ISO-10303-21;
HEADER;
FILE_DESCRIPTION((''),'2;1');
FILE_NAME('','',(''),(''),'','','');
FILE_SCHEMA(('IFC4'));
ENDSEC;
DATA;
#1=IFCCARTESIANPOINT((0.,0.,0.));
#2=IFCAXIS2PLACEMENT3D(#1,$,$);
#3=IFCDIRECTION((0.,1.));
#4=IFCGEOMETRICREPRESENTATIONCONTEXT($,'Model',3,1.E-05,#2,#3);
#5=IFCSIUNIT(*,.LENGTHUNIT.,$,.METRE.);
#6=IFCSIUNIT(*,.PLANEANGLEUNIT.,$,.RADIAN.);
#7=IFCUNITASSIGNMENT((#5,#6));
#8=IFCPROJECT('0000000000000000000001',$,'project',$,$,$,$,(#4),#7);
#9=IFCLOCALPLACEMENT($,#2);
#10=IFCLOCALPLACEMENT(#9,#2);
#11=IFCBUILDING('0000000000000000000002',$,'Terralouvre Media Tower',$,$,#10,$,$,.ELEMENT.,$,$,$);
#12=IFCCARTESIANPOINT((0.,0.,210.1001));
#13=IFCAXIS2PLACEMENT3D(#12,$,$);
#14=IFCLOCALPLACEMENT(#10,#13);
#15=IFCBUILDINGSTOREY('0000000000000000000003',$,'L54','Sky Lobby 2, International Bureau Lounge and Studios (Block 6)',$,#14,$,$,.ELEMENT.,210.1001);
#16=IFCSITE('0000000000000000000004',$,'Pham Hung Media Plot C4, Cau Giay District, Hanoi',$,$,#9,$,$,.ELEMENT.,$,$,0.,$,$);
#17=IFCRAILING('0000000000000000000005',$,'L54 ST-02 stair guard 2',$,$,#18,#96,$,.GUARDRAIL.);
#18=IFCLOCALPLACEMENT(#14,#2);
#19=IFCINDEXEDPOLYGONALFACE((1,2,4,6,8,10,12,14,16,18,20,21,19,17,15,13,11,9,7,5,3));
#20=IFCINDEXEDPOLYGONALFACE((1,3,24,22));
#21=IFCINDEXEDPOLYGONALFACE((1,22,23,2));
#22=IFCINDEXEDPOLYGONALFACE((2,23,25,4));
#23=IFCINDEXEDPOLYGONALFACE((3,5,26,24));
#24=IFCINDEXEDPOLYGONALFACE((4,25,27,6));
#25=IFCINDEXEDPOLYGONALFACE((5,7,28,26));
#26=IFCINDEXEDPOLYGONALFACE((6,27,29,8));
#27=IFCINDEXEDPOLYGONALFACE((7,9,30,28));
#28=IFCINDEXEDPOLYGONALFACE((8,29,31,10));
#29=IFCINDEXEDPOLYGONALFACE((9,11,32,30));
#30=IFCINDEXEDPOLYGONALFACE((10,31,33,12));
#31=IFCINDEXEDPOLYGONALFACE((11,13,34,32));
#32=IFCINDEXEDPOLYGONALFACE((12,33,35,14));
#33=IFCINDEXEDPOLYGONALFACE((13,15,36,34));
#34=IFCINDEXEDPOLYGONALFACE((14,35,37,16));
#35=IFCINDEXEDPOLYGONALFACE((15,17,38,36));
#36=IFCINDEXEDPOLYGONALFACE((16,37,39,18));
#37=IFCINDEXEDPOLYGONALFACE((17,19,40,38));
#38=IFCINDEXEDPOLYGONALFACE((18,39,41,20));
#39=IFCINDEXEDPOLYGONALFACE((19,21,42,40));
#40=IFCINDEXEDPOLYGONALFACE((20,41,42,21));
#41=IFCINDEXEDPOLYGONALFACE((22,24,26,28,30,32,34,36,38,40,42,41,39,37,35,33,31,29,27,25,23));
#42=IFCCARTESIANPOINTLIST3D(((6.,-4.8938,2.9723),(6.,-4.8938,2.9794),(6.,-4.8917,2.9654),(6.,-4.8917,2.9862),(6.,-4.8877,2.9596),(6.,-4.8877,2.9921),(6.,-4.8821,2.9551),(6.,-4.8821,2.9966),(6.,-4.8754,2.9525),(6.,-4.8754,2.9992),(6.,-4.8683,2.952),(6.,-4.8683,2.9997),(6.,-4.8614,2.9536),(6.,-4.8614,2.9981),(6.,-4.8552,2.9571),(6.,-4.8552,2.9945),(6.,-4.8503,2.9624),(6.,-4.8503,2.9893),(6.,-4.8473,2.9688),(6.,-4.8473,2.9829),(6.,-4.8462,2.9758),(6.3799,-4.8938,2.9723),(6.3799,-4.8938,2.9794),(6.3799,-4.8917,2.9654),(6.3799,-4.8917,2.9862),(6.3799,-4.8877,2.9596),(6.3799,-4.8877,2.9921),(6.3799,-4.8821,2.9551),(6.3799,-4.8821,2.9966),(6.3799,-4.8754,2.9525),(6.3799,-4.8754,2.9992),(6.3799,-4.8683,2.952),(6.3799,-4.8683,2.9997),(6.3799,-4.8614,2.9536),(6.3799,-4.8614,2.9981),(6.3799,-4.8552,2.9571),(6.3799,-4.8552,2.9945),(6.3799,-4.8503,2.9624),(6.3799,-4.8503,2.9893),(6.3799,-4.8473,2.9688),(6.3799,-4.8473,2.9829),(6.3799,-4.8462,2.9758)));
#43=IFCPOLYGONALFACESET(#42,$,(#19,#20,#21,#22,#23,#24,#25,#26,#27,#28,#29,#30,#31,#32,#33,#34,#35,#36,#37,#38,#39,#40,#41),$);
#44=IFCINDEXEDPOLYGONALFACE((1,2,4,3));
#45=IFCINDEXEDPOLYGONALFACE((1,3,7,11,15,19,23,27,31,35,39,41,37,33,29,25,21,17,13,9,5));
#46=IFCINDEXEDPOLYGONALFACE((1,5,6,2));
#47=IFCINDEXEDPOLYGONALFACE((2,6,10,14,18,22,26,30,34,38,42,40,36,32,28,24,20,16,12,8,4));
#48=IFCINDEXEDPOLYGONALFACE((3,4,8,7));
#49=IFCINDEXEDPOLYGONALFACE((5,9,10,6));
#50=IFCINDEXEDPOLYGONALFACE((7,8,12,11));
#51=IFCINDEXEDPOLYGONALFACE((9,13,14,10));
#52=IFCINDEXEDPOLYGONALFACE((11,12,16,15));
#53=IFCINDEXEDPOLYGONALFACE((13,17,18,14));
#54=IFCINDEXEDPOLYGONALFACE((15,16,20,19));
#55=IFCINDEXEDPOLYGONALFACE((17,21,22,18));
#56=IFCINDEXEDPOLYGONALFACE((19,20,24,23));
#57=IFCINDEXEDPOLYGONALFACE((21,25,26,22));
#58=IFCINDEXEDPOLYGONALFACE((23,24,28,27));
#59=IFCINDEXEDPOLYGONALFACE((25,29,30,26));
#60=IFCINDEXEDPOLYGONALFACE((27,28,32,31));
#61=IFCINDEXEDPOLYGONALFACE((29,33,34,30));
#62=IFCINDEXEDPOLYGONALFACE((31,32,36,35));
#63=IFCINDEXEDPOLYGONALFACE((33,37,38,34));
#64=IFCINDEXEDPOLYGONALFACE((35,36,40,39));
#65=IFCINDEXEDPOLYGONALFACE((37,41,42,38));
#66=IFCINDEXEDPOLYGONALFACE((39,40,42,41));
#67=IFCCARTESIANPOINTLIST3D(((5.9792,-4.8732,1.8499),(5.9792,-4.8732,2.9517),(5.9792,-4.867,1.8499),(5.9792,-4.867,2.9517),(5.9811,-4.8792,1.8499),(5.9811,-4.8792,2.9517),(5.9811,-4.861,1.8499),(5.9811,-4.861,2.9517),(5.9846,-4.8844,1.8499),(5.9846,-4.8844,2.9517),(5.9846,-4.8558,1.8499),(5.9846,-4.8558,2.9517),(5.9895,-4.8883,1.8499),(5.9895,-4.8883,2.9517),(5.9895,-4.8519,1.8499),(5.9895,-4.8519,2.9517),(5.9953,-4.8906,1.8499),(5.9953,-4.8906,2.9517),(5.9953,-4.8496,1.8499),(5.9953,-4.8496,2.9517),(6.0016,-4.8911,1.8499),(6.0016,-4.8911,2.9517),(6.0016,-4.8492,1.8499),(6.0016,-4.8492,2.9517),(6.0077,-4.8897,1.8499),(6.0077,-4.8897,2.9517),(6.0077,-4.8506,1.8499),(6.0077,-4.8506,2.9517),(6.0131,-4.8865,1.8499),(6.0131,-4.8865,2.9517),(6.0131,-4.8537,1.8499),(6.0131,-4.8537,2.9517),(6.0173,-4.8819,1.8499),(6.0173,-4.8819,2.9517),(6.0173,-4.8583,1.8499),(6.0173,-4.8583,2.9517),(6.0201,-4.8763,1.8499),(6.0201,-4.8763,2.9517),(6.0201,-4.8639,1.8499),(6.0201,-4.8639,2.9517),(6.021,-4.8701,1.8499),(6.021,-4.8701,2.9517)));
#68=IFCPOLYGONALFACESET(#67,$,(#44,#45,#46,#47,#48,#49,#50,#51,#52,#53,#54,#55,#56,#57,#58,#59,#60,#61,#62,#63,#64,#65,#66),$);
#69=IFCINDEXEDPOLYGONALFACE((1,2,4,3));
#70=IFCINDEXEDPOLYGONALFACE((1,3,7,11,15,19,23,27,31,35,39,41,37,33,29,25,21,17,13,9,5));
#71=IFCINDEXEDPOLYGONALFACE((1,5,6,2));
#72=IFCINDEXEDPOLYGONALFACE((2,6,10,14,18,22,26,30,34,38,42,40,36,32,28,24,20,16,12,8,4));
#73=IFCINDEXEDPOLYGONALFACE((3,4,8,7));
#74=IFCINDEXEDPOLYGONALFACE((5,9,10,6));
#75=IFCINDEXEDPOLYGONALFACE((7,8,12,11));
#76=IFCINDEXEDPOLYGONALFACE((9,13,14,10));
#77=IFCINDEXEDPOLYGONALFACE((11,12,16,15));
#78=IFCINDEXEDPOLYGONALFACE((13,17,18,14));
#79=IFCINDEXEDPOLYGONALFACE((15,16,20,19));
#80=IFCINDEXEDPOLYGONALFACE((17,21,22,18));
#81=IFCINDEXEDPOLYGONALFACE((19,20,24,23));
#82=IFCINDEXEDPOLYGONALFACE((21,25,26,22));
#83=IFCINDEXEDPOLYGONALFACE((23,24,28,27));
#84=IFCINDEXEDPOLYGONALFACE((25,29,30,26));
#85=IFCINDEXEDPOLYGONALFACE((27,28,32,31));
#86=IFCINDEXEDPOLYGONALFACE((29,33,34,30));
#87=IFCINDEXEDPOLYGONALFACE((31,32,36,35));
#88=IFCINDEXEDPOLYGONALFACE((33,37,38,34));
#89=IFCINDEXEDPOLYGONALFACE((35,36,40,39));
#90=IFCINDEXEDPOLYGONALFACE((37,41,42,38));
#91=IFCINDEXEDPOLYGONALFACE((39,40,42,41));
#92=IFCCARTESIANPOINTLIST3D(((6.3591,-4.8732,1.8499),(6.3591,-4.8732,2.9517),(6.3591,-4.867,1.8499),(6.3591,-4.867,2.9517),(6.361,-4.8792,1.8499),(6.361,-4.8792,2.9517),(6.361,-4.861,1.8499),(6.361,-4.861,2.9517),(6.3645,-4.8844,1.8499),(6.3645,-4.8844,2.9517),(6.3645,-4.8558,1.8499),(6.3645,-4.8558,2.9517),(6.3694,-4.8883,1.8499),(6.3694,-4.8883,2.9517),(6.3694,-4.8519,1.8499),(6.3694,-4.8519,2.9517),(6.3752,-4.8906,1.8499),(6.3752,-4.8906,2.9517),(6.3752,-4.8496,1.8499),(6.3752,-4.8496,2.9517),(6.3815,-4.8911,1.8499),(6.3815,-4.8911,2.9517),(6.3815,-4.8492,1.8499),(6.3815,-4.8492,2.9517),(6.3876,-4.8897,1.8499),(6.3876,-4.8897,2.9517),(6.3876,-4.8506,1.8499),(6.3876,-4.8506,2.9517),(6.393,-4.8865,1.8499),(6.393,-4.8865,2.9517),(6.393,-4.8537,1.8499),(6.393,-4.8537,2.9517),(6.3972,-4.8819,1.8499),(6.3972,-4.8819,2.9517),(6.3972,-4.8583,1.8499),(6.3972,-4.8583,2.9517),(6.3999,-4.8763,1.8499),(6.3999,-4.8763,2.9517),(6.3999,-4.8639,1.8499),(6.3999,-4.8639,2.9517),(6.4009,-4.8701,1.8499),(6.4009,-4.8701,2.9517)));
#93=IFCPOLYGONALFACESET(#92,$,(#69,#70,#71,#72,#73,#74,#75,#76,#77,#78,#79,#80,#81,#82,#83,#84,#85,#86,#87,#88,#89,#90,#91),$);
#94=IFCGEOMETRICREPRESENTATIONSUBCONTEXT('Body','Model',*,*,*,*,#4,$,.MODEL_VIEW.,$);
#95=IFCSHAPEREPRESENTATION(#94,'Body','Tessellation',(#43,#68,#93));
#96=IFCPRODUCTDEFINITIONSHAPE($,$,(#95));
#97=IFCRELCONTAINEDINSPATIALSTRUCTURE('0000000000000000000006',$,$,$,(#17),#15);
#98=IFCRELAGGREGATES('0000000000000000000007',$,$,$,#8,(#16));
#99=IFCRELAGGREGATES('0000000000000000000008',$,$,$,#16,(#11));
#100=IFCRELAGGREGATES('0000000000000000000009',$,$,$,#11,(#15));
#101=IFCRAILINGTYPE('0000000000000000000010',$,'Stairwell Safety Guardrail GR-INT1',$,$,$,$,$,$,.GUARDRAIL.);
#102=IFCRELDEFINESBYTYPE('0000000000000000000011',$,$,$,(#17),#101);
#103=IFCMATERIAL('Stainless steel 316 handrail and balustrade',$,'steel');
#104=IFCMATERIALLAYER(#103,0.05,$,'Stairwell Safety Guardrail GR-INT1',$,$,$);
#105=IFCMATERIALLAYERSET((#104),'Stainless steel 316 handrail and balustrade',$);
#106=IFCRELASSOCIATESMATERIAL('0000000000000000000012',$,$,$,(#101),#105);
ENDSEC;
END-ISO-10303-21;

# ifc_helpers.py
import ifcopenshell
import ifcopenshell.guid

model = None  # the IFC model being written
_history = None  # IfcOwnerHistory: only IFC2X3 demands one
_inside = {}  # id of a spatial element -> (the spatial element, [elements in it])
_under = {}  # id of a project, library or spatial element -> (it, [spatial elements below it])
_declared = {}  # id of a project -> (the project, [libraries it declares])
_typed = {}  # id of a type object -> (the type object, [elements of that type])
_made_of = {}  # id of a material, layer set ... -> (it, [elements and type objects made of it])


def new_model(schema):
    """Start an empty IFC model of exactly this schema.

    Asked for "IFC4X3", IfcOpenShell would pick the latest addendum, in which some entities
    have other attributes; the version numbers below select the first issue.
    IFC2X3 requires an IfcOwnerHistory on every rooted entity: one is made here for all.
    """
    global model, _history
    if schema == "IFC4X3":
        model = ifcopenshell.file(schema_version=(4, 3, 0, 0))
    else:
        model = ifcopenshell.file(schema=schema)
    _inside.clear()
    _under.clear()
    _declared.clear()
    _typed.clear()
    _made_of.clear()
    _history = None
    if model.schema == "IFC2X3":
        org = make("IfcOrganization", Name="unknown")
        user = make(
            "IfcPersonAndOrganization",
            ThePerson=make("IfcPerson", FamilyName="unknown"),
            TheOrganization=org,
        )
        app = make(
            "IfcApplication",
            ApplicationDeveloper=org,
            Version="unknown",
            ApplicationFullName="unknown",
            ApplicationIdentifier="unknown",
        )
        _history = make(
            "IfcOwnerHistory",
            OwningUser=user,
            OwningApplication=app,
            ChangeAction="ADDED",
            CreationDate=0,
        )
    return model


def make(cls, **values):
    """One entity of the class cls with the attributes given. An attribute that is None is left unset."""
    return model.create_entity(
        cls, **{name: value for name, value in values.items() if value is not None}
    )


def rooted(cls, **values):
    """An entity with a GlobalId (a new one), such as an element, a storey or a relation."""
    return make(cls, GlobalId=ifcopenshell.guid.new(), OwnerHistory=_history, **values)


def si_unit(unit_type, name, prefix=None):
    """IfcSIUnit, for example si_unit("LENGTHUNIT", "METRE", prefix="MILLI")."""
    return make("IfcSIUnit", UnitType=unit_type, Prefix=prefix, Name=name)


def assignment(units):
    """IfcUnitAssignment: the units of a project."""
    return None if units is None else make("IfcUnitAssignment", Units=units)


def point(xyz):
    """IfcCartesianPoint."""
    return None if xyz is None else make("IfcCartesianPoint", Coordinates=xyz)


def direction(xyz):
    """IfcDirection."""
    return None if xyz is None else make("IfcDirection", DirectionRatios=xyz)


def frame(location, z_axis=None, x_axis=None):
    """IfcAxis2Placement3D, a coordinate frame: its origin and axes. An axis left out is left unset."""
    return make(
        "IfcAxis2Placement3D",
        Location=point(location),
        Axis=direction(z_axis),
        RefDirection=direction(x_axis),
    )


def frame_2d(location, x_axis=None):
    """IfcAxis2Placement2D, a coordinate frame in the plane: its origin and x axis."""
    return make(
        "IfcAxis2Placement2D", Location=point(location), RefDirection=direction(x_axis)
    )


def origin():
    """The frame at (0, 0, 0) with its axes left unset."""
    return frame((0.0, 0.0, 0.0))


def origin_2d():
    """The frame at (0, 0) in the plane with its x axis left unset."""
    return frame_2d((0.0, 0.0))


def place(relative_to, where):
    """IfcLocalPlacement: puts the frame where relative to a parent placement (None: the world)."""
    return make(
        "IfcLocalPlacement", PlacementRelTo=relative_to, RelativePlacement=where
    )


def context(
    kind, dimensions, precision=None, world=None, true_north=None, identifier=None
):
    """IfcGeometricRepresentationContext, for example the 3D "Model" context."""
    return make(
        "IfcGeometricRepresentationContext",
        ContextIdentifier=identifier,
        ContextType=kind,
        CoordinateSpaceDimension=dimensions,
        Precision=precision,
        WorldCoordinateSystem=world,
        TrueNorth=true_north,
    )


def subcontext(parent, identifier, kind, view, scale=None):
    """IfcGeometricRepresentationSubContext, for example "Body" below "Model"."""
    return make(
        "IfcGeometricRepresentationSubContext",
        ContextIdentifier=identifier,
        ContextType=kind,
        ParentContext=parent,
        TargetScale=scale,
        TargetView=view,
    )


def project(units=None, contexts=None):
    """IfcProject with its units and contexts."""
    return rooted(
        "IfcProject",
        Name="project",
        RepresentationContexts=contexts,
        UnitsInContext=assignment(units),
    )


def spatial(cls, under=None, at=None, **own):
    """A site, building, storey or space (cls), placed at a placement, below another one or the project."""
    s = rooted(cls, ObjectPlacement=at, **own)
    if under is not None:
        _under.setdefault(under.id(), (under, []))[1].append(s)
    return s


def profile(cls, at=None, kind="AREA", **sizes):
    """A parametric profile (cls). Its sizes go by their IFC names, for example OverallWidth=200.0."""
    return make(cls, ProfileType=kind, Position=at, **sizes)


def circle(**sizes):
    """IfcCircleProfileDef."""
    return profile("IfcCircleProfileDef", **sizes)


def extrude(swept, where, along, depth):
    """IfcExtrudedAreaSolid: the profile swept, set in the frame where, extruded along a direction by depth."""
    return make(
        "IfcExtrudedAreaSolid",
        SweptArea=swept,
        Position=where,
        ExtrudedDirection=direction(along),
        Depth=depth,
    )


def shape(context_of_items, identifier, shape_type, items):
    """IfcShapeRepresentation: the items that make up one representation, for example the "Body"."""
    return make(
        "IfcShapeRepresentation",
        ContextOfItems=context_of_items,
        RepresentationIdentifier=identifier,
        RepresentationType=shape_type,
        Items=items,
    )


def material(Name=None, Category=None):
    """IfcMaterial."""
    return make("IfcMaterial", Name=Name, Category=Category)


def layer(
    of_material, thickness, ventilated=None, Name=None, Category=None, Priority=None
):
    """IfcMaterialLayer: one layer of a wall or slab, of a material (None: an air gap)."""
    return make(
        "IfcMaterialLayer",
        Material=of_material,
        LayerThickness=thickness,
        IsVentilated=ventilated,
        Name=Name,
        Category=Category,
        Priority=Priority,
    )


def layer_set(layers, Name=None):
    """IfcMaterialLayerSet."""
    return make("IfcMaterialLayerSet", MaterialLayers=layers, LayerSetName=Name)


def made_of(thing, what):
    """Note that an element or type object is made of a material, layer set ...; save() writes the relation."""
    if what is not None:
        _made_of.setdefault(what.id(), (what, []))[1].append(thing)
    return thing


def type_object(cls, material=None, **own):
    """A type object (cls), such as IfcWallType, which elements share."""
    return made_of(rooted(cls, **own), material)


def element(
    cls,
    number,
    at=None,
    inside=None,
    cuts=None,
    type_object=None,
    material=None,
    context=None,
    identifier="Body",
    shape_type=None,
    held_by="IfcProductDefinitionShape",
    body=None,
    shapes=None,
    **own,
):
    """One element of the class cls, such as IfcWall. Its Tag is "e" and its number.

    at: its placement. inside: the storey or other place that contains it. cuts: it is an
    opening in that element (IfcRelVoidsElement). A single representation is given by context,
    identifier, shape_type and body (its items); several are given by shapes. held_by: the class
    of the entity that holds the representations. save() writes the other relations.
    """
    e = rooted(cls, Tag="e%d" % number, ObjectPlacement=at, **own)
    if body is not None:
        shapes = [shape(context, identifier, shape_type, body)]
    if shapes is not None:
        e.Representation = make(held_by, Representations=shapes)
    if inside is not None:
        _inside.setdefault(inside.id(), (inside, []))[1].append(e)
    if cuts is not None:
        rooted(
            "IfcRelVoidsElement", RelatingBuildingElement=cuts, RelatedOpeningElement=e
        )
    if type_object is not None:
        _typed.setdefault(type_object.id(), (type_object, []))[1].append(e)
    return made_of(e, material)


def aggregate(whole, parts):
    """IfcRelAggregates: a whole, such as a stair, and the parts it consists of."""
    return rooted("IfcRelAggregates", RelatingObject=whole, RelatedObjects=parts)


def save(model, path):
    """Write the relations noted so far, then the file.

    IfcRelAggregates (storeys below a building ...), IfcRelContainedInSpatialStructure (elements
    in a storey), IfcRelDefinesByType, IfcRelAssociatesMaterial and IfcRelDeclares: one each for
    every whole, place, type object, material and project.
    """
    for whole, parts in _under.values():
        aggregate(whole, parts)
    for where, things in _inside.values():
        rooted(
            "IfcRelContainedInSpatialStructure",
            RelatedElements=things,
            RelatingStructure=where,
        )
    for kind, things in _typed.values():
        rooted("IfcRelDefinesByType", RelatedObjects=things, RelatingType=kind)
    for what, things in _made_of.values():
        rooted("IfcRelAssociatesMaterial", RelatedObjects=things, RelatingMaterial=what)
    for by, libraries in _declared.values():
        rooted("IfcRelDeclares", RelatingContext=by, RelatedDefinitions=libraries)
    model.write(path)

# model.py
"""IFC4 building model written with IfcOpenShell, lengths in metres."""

from ifc_helpers import new_model, si_unit, direction, frame, origin, origin_2d, place, context, subcontext, project, spatial, circle, extrude, material, layer, layer_set, type_object, element, save


model = new_model("IFC4")

# Units and contexts
model_context = context("Model", 3, precision=1e-05, world=origin(), true_north=direction((0.0, 1.0)))
body_context = subcontext(model_context, "Body", "Model", "MODEL_VIEW")
ifc_project = project(units=[si_unit("LENGTHUNIT", "METRE"), si_unit("PLANEANGLEUNIT", "RADIAN")], contexts=[model_context])

# Site, building, storey
site_placement = place(None, origin())
site = spatial("IfcSite", under=ifc_project, at=site_placement, Name="Pham Hung Media Plot C4, Cau Giay District, Hanoi", CompositionType="ELEMENT", RefElevation=0.0)
building_placement = place(site_placement, origin())
building = spatial("IfcBuilding", under=site, at=building_placement, Name="Terralouvre Media Tower", CompositionType="ELEMENT")
storey_placement = place(building_placement, frame((0.0, 0.0, 210.1001)))
storey = spatial("IfcBuildingStorey", under=building, at=storey_placement, Name="L54", Description="Sky Lobby 2, International Bureau Lounge and Studios (Block 6)", CompositionType="ELEMENT", Elevation=210.1001)

# Railing
ifc_material_1 = material(Name="Stainless steel 316 handrail and balustrade", Category="steel")
ifc_layer_1 = layer(ifc_material_1, 0.05, Name="Stairwell Safety Guardrail GR-INT1")
ifc_layer_set_1 = layer_set([ifc_layer_1], Name="Stainless steel 316 handrail and balustrade")
railing_type_1 = type_object("IfcRailingType", Name="Stairwell Safety Guardrail GR-INT1", PredefinedType="GUARDRAIL", material=ifc_layer_set_1)
railing_1_placement = place(storey_placement, frame((6.0, -4.8701, 1.8499)))
element("IfcRailing", 1, at=railing_1_placement, inside=storey, type_object=railing_type_1, Name="L54 ST-02 stair guard 2", PredefinedType="GUARDRAIL", context=body_context, shape_type="SweptSolid", body=[
    extrude(circle(Radius=0.0239, at=origin_2d()), frame((0.0, 0.0, 1.126), z_axis=(1.0, 0.0, 0.0), x_axis=(0.0, 1.0, 0.0)), (0.0, 0.0, 1.0), 0.3799),
    extrude(circle(Radius=0.021, at=origin_2d()), origin(), (0.0, 0.0, 1.0), 1.1018),
    extrude(circle(Radius=0.021, at=origin_2d()), frame((0.3799, 0.0, 0.0)), (0.0, 0.0, 1.0), 1.1018),
])

save(model, "model.ifc")
